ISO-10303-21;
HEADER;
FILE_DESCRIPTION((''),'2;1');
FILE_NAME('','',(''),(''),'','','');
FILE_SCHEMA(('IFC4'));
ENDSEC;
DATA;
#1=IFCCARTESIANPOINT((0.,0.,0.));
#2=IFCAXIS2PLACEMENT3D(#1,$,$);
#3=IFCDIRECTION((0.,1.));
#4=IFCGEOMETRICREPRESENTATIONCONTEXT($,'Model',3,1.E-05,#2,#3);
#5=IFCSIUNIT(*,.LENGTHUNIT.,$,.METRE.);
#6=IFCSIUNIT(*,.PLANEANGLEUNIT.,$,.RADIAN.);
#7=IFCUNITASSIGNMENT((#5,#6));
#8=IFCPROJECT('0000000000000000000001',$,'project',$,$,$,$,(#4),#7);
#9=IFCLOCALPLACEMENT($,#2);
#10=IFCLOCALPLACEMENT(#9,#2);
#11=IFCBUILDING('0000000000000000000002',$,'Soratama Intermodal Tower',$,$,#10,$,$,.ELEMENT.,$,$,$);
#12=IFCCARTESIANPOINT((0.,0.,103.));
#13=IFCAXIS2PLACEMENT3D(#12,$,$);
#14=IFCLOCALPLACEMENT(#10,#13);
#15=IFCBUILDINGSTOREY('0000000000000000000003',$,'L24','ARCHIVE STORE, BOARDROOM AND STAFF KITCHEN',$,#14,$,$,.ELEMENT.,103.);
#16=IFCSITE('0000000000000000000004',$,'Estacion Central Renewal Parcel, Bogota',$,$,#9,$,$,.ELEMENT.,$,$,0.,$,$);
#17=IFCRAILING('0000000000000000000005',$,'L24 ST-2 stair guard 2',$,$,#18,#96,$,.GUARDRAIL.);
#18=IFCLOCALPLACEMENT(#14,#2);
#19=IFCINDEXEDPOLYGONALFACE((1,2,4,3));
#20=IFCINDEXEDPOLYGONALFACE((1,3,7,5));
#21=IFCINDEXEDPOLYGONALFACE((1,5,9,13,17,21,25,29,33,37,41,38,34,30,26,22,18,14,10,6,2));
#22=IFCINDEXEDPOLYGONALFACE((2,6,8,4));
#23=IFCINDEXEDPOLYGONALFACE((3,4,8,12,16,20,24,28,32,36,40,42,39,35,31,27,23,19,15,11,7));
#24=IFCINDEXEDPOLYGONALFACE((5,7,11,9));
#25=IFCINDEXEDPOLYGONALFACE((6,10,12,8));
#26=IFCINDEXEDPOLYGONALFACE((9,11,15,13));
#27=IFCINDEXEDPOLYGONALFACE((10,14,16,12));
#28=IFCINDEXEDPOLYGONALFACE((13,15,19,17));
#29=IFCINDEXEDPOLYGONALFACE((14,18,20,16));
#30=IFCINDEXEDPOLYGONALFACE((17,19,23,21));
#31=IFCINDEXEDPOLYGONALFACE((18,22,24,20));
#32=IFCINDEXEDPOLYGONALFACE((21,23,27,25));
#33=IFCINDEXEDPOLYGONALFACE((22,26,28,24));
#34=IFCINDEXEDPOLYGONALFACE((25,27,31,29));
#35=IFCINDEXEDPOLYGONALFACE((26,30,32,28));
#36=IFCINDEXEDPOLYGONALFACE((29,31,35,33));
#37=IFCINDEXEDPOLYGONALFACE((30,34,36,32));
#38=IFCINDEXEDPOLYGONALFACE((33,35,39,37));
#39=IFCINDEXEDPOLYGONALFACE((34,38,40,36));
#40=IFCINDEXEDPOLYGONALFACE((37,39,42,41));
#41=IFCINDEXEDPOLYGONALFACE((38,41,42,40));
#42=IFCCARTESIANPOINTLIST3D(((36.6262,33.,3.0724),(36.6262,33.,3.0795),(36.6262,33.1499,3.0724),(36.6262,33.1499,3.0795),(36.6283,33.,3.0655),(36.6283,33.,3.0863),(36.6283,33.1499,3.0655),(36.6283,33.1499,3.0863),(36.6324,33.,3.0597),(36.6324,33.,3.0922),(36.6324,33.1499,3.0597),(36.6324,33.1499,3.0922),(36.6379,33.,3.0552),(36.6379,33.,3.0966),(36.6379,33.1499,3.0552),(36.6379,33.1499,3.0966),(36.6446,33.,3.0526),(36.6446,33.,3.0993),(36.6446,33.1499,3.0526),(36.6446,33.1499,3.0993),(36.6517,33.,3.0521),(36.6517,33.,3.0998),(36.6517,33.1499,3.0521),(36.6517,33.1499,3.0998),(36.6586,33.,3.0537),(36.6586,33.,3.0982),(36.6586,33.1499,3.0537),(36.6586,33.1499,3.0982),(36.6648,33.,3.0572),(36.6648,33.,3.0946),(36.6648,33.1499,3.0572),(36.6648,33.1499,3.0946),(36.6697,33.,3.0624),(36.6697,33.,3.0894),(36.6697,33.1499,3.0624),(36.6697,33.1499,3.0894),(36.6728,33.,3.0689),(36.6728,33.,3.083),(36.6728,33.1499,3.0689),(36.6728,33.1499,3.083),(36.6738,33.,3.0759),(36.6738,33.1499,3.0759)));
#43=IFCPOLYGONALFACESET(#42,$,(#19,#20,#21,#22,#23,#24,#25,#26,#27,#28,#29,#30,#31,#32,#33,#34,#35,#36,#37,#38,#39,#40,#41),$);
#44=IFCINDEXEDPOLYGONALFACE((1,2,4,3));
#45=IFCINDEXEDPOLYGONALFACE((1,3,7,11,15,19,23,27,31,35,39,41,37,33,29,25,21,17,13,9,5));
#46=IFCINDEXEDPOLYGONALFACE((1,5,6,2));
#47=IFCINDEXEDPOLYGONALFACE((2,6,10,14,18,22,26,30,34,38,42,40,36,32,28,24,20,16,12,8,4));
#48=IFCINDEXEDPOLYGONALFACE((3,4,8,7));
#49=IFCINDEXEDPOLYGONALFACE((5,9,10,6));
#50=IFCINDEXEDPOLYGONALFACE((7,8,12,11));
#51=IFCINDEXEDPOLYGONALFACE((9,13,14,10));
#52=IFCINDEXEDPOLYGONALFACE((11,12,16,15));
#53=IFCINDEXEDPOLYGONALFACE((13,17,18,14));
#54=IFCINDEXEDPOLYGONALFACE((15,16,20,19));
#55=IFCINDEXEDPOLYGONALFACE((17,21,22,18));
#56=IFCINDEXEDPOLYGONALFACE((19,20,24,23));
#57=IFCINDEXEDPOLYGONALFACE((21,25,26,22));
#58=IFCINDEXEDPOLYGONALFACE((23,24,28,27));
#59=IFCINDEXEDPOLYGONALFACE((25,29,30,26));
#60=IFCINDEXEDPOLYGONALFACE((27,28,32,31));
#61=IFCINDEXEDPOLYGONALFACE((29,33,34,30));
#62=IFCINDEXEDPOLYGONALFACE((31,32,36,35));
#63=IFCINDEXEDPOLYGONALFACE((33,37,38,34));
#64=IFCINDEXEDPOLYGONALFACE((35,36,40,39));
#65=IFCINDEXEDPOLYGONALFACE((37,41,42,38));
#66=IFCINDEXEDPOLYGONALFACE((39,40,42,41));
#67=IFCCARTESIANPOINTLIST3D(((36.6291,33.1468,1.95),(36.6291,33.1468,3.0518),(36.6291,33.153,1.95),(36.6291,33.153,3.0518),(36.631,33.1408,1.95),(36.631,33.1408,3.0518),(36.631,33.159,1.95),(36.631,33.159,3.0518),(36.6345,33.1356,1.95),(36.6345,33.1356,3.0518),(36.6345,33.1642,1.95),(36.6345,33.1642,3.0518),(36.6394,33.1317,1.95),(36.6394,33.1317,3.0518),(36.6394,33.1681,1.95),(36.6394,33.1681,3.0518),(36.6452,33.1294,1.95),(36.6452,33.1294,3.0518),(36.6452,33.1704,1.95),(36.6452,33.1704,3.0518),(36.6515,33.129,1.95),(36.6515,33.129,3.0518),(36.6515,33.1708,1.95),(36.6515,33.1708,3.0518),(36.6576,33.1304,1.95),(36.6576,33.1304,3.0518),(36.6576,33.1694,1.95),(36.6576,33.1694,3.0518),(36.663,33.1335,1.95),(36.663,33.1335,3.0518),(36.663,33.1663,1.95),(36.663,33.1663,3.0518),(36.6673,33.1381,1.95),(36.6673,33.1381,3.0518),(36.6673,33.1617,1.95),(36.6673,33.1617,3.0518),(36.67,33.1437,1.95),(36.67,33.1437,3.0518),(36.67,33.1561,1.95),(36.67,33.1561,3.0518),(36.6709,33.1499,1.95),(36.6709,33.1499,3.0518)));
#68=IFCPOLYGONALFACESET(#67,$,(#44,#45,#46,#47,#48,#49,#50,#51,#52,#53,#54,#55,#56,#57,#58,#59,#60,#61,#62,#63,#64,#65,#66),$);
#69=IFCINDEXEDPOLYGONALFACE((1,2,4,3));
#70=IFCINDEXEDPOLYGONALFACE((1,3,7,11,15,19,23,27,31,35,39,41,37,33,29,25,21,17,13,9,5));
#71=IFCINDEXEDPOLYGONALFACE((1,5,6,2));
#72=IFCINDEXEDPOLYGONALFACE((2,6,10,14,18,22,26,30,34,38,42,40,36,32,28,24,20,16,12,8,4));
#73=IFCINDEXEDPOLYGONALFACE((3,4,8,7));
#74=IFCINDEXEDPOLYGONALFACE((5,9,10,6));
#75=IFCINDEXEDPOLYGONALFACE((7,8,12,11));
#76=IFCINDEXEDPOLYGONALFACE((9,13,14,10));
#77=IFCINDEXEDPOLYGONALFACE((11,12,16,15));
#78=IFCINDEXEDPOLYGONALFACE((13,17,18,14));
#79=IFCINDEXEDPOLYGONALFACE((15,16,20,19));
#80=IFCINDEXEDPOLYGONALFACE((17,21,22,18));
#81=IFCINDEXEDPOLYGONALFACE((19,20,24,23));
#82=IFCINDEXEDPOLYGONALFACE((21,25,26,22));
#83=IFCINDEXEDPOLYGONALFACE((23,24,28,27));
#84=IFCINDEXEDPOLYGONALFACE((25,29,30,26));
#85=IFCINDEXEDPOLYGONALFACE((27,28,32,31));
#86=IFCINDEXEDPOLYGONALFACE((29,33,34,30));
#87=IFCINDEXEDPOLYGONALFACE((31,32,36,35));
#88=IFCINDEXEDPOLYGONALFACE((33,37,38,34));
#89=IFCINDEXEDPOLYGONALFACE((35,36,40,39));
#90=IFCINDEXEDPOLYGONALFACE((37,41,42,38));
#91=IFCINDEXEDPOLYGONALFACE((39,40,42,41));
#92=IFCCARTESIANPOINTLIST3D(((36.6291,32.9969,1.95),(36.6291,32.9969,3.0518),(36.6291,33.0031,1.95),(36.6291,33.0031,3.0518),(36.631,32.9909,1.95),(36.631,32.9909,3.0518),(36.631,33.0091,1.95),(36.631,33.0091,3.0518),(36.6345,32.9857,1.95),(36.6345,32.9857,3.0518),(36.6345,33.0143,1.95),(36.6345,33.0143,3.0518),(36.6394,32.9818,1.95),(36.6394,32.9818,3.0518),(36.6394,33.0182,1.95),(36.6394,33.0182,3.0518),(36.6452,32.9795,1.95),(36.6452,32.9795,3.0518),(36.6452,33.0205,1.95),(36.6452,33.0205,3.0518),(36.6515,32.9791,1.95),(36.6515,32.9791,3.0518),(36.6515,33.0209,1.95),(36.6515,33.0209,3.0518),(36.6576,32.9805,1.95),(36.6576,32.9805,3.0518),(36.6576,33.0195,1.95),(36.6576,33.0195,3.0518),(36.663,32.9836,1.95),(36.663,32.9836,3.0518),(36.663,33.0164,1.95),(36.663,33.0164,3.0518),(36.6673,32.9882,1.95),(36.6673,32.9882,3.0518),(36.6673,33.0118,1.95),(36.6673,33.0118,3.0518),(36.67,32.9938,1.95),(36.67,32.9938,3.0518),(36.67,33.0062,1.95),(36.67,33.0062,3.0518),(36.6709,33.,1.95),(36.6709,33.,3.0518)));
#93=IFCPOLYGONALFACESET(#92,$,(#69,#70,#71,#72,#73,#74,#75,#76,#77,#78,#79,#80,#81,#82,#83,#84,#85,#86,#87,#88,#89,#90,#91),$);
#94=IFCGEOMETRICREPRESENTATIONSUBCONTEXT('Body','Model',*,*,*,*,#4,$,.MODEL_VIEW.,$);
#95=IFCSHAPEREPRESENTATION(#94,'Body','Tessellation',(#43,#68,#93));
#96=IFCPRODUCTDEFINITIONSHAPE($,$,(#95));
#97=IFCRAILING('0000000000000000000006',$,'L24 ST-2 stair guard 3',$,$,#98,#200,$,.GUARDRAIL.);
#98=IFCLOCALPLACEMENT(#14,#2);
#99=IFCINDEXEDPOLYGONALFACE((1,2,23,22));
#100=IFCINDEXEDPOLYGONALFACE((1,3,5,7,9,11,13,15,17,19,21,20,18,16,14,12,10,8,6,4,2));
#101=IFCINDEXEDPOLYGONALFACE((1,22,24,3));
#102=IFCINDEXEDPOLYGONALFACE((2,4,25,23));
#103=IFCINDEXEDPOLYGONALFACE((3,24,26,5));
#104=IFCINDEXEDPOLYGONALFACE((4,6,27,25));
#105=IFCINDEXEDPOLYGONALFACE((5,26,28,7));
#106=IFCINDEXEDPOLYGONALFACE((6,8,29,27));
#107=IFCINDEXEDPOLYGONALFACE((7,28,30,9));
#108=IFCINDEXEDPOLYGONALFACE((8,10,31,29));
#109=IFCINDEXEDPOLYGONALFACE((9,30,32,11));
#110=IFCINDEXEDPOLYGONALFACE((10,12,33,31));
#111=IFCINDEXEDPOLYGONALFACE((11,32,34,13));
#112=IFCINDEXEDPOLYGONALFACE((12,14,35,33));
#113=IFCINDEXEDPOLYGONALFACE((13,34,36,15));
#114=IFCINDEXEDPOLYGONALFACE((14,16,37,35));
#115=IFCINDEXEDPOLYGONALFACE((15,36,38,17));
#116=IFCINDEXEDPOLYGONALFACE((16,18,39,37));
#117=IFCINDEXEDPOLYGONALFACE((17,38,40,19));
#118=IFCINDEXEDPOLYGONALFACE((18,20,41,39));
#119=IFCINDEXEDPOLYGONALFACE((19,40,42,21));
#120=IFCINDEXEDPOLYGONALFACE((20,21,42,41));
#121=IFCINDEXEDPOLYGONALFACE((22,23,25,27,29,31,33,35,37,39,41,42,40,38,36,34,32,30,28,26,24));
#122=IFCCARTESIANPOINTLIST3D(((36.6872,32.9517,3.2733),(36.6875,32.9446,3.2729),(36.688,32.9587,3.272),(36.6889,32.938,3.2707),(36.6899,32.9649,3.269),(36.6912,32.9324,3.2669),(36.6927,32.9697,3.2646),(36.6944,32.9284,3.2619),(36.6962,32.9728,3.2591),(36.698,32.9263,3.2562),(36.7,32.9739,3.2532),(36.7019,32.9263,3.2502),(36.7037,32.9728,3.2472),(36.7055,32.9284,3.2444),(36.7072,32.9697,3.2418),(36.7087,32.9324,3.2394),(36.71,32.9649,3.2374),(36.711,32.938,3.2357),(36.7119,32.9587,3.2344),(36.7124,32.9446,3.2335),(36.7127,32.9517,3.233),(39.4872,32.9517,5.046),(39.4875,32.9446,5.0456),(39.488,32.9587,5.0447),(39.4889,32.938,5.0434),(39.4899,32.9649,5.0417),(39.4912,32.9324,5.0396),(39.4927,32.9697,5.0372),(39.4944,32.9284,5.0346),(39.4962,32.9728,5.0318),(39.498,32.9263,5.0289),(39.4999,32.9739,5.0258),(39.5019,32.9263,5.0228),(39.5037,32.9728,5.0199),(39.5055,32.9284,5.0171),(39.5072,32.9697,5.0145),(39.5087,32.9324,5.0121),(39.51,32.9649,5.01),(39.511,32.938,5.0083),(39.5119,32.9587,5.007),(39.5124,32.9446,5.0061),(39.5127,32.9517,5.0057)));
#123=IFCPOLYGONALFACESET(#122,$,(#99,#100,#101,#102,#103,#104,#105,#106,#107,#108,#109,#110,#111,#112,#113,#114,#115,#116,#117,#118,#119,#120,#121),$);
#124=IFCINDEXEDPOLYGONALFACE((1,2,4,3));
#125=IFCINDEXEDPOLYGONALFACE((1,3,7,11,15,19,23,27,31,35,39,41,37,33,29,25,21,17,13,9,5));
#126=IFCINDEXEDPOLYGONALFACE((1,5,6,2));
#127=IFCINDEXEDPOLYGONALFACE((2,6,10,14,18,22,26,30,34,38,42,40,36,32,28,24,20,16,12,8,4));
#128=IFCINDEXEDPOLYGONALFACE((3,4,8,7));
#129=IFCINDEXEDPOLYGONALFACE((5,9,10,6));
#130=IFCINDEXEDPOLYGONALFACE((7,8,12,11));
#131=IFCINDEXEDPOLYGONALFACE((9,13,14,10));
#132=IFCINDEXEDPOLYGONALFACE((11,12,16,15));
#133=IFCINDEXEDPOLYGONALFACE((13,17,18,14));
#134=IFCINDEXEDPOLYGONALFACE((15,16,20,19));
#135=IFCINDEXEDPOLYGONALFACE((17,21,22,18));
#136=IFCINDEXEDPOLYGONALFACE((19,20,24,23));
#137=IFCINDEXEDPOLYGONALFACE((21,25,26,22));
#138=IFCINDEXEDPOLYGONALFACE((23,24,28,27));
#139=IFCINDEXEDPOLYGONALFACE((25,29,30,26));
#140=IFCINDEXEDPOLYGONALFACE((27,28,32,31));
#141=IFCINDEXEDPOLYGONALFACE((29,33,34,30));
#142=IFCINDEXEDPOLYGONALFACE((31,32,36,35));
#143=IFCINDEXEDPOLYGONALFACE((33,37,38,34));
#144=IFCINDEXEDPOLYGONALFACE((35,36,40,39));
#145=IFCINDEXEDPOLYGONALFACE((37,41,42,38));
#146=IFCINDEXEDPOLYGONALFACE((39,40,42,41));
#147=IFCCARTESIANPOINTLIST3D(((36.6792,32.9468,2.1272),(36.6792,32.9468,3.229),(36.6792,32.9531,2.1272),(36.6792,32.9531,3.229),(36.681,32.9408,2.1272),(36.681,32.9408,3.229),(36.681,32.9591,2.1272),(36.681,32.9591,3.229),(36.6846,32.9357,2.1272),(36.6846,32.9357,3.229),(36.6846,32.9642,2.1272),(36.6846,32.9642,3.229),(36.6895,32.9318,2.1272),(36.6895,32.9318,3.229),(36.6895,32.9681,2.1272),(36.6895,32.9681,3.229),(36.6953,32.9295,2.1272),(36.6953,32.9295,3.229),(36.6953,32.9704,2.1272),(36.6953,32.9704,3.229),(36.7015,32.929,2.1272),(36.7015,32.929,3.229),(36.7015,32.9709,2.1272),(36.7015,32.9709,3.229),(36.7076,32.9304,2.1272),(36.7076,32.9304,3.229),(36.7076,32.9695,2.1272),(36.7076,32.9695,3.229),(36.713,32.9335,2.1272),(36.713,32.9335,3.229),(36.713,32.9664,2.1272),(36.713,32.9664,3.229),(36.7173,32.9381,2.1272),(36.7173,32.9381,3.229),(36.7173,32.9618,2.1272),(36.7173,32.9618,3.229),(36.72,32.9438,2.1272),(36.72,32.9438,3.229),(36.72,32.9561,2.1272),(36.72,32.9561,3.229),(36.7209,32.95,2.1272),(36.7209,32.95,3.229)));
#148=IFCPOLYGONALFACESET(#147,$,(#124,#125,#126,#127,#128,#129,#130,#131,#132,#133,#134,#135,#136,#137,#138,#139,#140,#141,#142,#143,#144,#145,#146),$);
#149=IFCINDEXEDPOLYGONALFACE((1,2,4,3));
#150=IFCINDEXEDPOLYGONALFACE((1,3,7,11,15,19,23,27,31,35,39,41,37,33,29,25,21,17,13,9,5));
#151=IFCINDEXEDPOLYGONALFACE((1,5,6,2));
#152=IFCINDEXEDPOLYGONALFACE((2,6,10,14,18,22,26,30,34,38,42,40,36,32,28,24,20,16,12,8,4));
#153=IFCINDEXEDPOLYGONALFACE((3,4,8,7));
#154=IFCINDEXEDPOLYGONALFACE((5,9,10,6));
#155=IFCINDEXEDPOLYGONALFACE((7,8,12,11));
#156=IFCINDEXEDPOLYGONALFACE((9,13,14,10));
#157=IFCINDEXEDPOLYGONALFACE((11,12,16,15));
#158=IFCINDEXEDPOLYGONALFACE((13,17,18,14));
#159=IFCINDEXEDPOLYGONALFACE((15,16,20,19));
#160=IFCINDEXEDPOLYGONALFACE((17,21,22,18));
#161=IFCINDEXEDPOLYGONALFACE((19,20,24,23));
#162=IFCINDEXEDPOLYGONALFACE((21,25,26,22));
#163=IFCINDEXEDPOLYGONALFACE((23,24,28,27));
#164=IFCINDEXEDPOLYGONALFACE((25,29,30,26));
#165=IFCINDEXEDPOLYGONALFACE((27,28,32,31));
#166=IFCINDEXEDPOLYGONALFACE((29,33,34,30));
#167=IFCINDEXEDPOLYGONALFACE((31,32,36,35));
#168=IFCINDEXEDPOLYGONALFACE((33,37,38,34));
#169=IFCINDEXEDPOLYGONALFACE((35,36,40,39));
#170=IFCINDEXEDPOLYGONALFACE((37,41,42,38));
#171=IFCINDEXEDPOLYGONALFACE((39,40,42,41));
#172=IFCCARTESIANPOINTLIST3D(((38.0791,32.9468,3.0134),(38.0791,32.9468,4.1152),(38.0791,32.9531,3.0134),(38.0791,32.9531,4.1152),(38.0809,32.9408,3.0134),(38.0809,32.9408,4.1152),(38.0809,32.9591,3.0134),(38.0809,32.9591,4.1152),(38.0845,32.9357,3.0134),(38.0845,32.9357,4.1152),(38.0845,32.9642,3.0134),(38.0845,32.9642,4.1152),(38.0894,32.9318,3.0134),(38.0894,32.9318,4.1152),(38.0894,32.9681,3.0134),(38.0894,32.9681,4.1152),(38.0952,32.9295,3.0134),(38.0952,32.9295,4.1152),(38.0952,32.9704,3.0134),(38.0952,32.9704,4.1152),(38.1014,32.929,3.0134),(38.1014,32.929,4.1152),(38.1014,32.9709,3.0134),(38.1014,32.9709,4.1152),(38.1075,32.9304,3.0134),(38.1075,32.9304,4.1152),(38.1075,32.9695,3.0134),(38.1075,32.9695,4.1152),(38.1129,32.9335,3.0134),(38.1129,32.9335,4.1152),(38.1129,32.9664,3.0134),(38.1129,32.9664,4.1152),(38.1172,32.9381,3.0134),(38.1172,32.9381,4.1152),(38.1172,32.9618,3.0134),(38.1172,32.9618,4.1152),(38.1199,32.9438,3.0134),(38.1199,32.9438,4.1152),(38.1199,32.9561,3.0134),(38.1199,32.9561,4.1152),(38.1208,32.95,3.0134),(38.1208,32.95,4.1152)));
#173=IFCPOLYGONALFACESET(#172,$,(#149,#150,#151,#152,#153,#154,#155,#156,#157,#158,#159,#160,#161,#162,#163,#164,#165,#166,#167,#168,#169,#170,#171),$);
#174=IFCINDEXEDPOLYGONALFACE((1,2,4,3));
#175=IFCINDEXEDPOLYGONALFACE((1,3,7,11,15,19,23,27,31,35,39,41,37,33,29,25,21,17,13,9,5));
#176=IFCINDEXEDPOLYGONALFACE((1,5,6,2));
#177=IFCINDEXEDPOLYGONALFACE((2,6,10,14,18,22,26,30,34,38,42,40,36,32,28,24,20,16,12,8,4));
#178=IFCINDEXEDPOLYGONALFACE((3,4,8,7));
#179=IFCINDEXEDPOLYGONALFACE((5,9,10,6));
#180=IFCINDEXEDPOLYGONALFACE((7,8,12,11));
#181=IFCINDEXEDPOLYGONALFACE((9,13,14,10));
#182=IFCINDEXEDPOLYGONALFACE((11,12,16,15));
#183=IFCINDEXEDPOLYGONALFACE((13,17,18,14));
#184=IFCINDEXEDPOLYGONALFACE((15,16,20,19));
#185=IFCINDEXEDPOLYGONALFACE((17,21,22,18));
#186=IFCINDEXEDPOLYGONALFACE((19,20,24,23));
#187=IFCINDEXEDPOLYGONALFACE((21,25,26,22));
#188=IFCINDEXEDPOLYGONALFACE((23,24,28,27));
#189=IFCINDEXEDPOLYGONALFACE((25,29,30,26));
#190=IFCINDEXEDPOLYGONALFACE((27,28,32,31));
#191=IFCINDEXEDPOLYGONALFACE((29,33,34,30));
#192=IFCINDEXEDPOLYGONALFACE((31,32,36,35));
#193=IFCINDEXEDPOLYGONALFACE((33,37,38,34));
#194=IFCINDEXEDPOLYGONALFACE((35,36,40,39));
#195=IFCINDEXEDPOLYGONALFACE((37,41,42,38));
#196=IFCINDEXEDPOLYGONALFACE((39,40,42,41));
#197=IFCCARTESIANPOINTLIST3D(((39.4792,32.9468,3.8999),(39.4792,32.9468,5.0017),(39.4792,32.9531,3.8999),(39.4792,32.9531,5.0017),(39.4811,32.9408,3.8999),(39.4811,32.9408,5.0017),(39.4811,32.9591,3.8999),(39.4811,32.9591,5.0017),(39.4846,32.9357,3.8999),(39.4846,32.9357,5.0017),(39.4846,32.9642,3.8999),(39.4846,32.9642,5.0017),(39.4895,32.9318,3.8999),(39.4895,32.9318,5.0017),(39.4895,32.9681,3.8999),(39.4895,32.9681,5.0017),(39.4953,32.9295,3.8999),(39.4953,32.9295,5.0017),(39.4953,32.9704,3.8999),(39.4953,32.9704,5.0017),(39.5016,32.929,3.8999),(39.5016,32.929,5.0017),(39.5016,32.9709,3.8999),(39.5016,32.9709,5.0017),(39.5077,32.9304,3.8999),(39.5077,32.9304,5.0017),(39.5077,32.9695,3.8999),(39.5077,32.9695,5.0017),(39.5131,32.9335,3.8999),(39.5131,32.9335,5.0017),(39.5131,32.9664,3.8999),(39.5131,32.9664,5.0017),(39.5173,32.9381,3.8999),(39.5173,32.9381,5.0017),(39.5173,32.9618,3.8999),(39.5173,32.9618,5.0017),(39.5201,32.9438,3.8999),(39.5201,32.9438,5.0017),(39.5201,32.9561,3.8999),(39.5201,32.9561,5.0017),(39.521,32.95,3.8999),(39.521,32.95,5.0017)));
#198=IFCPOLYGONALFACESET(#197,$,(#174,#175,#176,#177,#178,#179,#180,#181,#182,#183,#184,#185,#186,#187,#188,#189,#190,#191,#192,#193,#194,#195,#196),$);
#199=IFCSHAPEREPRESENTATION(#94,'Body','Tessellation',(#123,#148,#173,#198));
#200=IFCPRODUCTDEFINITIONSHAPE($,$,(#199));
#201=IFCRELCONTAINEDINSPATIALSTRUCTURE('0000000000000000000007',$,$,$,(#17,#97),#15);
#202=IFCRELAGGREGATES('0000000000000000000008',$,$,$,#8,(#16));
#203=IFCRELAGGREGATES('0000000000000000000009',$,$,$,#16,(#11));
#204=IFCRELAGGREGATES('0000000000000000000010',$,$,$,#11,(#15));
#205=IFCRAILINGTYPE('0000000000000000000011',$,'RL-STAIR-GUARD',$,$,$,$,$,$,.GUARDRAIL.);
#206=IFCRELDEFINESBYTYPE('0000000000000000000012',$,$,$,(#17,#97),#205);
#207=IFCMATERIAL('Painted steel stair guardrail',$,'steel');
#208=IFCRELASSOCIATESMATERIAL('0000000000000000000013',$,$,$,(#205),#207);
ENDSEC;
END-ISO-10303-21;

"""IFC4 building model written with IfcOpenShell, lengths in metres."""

from ifc_helpers import new_model, si_unit, direction, frame, origin, origin_2d, place, context, subcontext, project, spatial, circle, extrude, material, type_object, element, save


model = new_model("IFC4")

# Units and contexts
model_context = context("Model", 3, precision=1e-05, world=origin(), true_north=direction((0.0, 1.0)))
body_context = subcontext(model_context, "Body", "Model", "MODEL_VIEW")
ifc_project = project(units=[si_unit("LENGTHUNIT", "METRE"), si_unit("PLANEANGLEUNIT", "RADIAN")], contexts=[model_context])

# Site, building, storey
site_placement = place(None, origin())
site = spatial("IfcSite", under=ifc_project, at=site_placement, Name="Estacion Central Renewal Parcel, Bogota", CompositionType="ELEMENT", RefElevation=0.0)
building_placement = place(site_placement, origin())
building = spatial("IfcBuilding", under=site, at=building_placement, Name="Soratama Intermodal Tower", CompositionType="ELEMENT")
storey_placement = place(building_placement, frame((0.0, 0.0, 103.0)))
storey = spatial("IfcBuildingStorey", under=building, at=storey_placement, Name="L24", Description="ARCHIVE STORE, BOARDROOM AND STAFF KITCHEN", CompositionType="ELEMENT", Elevation=103.0)

# Railings
ifc_material_1 = material(Name="Painted steel stair guardrail", Category="steel")
railing_type_1 = type_object("IfcRailingType", Name="RL-STAIR-GUARD", PredefinedType="GUARDRAIL", material=ifc_material_1)
railing_1_placement = place(storey_placement, frame((36.6499, 33.1499, 1.95)))
element("IfcRailing", 1, at=railing_1_placement, inside=storey, type_object=railing_type_1, Name="L24 ST-2 stair guard 2", PredefinedType="GUARDRAIL", context=body_context, shape_type="SweptSolid", body=[
    extrude(circle(Radius=0.0239, at=origin_2d()), frame((0.0, 0.0, 1.126), z_axis=(0.0, -1.0, 0.0), x_axis=(1.0, 0.0, 0.0)), (0.0, 0.0, 1.0), 0.1499),
    extrude(circle(Radius=0.021, at=origin_2d()), origin(), (0.0, 0.0, 1.0), 1.1018),
    extrude(circle(Radius=0.021, at=origin_2d()), frame((0.0, -0.1499, 0.0)), (0.0, 0.0, 1.0), 1.1018),
])
railing_2_placement = place(storey_placement, frame((36.7, 32.95, 2.1272)))
element("IfcRailing", 2, at=railing_2_placement, inside=storey, type_object=railing_type_1, Name="L24 ST-2 stair guard 3", PredefinedType="GUARDRAIL", context=body_context, shape_type="SweptSolid", body=[
    extrude(circle(Radius=0.0239, at=origin_2d()), frame((0.0, 0.0, 1.126), z_axis=(0.844909, 0.0, 0.53491), x_axis=(0.0, 1.0, 0.0)), (0.0, 0.0, 1.0), 3.314),
    extrude(circle(Radius=0.021, at=origin_2d()), origin(), (0.0, 0.0, 1.0), 1.1018),
    extrude(circle(Radius=0.021, at=origin_2d()), frame((1.3999, 0.0, 0.8862)), (0.0, 0.0, 1.0), 1.1018),
    extrude(circle(Radius=0.021, at=origin_2d()), frame((2.8, 0.0, 1.7727)), (0.0, 0.0, 1.0), 1.1018),
])

save(model, "model.ifc")
